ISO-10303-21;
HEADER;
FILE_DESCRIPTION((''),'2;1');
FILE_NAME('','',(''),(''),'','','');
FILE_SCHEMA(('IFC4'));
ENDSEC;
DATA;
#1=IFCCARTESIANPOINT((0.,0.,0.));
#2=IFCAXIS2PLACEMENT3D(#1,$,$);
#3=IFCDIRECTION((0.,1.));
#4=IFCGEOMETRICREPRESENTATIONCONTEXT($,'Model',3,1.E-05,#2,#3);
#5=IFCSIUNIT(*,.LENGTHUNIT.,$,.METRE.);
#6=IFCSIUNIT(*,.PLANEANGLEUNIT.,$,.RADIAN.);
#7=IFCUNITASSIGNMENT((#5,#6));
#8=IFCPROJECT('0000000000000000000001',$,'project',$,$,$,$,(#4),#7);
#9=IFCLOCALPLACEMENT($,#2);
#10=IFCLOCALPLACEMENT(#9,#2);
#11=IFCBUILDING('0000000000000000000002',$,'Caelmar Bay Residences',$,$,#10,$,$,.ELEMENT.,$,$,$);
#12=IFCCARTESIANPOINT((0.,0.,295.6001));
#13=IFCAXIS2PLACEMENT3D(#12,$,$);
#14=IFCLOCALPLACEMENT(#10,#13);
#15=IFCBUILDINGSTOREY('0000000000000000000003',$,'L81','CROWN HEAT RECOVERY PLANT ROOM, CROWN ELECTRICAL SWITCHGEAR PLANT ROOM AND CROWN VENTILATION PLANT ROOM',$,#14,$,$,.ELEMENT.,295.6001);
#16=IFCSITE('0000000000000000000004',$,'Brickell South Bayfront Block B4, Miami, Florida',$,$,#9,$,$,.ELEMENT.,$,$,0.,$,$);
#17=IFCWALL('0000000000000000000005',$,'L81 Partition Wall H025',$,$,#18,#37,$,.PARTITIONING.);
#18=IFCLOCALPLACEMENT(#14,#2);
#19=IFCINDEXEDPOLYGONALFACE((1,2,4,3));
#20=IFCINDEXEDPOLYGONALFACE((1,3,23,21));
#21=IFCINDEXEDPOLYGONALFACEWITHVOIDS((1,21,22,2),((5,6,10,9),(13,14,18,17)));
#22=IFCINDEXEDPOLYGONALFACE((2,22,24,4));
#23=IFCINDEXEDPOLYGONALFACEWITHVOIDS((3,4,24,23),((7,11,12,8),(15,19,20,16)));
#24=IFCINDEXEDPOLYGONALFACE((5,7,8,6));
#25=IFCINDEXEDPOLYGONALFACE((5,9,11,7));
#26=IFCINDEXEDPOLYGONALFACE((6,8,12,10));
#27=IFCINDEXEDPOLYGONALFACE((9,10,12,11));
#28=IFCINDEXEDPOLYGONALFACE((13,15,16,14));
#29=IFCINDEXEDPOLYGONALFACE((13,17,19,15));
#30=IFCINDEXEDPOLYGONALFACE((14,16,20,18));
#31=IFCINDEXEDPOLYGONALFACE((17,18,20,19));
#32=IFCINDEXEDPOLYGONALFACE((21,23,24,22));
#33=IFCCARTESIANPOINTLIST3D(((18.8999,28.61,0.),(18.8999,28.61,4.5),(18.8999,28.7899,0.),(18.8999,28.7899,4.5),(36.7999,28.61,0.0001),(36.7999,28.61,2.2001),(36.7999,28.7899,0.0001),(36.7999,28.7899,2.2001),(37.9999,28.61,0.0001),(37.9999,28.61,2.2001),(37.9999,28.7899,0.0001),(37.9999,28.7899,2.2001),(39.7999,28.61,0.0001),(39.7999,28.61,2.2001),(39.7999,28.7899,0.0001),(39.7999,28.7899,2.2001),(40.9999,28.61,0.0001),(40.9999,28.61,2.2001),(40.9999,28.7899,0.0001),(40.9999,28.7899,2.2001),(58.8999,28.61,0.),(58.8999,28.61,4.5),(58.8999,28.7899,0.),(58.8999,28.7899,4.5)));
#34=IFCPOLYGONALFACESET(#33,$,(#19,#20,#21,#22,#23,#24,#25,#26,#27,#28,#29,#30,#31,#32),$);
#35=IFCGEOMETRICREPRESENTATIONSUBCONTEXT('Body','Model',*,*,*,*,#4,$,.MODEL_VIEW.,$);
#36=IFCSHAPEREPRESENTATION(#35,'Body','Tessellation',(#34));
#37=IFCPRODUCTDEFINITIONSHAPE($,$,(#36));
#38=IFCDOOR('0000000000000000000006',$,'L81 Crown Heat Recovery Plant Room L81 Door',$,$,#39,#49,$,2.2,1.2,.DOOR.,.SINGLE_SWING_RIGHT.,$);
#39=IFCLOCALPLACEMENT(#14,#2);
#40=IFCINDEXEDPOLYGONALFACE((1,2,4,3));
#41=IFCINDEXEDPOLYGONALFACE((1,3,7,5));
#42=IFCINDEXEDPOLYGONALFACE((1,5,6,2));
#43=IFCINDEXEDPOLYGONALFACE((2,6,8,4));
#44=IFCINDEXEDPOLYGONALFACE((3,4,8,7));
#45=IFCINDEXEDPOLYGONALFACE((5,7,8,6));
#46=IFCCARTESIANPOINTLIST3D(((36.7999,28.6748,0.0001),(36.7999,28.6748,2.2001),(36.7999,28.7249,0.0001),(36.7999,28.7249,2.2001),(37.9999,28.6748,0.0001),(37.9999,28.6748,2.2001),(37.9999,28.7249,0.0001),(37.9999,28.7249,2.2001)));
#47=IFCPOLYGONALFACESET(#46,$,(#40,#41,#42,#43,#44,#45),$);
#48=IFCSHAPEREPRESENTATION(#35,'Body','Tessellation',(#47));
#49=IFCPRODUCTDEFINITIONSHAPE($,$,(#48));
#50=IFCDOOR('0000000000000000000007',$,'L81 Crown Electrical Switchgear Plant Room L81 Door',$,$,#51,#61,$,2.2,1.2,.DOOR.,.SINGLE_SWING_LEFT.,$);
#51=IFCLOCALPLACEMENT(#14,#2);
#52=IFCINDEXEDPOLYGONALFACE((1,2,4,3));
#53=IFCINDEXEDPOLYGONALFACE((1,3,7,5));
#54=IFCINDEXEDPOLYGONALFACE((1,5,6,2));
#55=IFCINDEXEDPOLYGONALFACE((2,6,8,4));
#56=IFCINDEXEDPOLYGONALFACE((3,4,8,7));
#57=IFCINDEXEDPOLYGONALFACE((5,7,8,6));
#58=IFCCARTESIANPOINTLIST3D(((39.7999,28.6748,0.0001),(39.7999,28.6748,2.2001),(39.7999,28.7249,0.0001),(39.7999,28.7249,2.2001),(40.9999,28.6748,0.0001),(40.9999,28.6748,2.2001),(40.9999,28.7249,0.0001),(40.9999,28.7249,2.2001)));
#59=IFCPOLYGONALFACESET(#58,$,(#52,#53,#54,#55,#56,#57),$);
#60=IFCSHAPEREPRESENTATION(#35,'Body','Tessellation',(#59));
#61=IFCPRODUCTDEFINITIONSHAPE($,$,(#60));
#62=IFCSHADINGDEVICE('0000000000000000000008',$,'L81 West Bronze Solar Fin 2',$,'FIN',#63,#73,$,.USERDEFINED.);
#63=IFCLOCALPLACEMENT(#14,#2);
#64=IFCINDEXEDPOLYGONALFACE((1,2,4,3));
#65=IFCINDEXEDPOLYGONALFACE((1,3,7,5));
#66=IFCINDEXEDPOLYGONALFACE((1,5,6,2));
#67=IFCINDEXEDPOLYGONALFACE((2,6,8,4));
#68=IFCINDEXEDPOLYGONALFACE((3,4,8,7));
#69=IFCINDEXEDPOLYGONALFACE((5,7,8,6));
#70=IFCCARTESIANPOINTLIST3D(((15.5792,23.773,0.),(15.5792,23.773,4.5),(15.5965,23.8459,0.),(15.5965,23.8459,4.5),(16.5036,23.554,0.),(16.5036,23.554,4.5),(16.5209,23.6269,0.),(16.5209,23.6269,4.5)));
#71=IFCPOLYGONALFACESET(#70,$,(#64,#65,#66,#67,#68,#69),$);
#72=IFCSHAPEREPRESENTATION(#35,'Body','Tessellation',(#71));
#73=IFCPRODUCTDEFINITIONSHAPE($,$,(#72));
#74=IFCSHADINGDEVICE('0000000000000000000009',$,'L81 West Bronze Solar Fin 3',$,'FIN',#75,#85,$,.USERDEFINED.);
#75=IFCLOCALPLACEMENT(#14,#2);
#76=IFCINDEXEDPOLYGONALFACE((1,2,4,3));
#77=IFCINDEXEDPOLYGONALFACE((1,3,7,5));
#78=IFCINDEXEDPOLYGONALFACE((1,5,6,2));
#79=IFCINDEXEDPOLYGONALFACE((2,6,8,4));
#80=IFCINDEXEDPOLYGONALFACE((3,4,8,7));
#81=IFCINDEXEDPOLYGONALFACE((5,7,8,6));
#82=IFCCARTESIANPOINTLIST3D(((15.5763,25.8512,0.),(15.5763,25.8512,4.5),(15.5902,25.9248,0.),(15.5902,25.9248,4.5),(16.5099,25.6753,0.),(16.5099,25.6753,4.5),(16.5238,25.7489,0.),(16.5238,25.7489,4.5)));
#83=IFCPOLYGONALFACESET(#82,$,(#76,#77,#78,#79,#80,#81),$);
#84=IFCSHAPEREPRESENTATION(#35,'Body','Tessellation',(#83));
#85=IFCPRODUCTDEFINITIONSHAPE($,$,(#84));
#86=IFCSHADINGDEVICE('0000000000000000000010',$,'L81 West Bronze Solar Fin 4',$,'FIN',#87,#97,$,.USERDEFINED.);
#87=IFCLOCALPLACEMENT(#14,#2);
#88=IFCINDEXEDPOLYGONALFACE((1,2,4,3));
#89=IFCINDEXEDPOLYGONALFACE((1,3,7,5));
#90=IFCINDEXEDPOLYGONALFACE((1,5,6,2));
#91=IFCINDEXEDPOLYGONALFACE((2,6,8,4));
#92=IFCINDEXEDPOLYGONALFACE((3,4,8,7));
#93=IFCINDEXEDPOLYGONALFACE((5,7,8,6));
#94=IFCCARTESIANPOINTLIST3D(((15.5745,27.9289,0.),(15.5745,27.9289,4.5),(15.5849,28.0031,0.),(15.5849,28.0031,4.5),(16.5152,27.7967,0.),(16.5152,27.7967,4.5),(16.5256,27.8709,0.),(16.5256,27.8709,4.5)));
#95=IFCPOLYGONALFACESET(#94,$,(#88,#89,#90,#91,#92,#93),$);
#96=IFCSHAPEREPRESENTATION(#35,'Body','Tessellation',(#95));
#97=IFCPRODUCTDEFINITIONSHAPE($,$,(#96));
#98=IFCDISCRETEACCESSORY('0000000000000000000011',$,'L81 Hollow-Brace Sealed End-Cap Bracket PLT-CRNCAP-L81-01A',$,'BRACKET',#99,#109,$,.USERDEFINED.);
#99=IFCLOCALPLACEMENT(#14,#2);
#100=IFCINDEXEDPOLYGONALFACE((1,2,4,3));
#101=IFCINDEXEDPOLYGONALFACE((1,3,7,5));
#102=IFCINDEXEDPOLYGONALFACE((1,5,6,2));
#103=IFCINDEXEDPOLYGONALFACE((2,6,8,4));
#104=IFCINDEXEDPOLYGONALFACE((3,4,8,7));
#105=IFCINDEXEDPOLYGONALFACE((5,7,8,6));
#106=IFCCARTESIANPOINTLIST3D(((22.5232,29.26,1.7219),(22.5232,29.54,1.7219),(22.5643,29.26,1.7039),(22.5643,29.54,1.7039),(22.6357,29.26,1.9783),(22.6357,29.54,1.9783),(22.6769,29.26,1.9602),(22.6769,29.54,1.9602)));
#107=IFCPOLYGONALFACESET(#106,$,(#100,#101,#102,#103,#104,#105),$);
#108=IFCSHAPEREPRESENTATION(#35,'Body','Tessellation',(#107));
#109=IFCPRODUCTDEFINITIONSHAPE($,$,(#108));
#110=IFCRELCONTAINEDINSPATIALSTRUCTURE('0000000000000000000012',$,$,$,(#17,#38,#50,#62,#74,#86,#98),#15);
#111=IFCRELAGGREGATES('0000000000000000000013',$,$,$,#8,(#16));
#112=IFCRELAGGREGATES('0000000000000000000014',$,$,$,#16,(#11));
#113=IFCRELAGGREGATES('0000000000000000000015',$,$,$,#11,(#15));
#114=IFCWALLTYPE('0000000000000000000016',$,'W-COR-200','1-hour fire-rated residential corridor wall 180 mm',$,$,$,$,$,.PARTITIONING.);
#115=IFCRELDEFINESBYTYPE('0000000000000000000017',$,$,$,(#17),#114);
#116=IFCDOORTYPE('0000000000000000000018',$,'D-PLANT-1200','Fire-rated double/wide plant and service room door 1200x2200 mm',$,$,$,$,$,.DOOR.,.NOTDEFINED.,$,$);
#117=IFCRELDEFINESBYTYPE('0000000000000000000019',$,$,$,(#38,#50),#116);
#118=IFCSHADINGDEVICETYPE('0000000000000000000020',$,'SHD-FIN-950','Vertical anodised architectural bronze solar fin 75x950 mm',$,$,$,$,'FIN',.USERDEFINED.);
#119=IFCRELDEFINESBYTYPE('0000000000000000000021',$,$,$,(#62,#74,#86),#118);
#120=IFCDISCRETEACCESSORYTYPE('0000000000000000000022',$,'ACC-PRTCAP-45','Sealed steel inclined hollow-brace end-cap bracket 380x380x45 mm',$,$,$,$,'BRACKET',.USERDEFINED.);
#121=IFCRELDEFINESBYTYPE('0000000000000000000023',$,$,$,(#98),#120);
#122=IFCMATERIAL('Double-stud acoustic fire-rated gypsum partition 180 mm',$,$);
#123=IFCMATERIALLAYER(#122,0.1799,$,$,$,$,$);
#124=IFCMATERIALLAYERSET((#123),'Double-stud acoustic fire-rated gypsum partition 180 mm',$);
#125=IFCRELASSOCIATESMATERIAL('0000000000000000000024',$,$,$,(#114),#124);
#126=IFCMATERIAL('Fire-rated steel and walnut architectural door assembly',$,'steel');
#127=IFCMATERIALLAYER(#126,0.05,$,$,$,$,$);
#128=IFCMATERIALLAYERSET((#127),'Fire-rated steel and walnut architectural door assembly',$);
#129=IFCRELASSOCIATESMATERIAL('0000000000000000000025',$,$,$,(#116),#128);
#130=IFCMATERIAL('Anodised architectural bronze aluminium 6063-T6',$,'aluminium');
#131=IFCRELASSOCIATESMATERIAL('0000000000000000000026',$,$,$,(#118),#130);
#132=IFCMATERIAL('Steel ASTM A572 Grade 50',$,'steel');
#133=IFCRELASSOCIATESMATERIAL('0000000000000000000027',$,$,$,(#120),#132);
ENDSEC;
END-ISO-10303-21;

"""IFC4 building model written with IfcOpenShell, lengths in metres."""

from ifc_helpers import new_model, si_unit, direction, frame, frame_2d, origin, origin_2d, place, context, subcontext, project, spatial, polyline, rectangle, outline, extrude, material, layer, layer_set, material_profile, profile_set, type_object, element, fill, save


model = new_model("IFC4")

# Units and contexts
model_context = context("Model", 3, precision=1e-05, world=origin(), true_north=direction((0.0, 1.0)))
body_context = subcontext(model_context, "Body", "Model", "MODEL_VIEW")
ifc_project = project(units=[si_unit("LENGTHUNIT", "METRE"), si_unit("PLANEANGLEUNIT", "RADIAN")], contexts=[model_context])

# Site, building, storey
site_placement = place(None, origin())
site = spatial("IfcSite", under=ifc_project, at=site_placement, Name="Brickell South Bayfront Block B4, Miami, Florida", CompositionType="ELEMENT", RefElevation=0.0)
building_placement = place(site_placement, origin())
building = spatial("IfcBuilding", under=site, at=building_placement, Name="Caelmar Bay Residences", CompositionType="ELEMENT")
storey_placement = place(building_placement, frame((0.0, 0.0, 295.6001)))
storey = spatial("IfcBuildingStorey", under=building, at=storey_placement, Name="L81", Description="CROWN HEAT RECOVERY PLANT ROOM, CROWN ELECTRICAL SWITCHGEAR PLANT ROOM AND CROWN VENTILATION PLANT ROOM", CompositionType="ELEMENT", Elevation=295.6001)

# Shared definitions
ifc_material_1 = material(Name="Steel ASTM A572 Grade 50", Category="steel")

# Wall, openings, doors
ifc_material_2 = material(Name="Double-stud acoustic fire-rated gypsum partition 180 mm")
ifc_layer_1 = layer(ifc_material_2, 0.1799)
ifc_layer_set_1 = layer_set([ifc_layer_1], Name="Double-stud acoustic fire-rated gypsum partition 180 mm")
wall_type = type_object("IfcWallType", Name="W-COR-200", Description="1-hour fire-rated residential corridor wall 180 mm", PredefinedType="PARTITIONING", material=ifc_layer_set_1)
wall_placement = place(storey_placement, frame((18.8999, 28.7, 0.0), z_axis=(0.0, 0.0, 1.0), x_axis=(1.0, 0.0, 0.0)))
wall = element("IfcWall", 1, at=wall_placement, inside=storey, type_object=wall_type, Name="L81 Partition Wall H025", PredefinedType="PARTITIONING", context=body_context, shape_type="SweptSolid", body=[
    extrude(rectangle(XDim=40.0, YDim=0.1799, at=frame_2d((20.0, 0.0))), origin(), (0.0, 0.0, 1.0), 4.5),
])
opening_1_placement = place(wall_placement, frame((17.8999, 0.0, 0.0)))
opening_1 = element("IfcOpeningElement", 2, at=opening_1_placement, cuts=wall, PredefinedType="OPENING", context=body_context, shape_type="SweptSolid", body=[
    extrude(rectangle(XDim=1.2, YDim=2.2, at=frame_2d((0.6001, 1.1001))), frame((0.0, 0.0999, 0.0), z_axis=(0.0, -1.0, 0.0), x_axis=(1.0, 0.0, 0.0)), (0.0, 0.0, 1.0), 0.2),
])
opening_2_placement = place(wall_placement, frame((20.8999, 0.0, 0.0)))
opening_2 = element("IfcOpeningElement", 3, at=opening_2_placement, cuts=wall, PredefinedType="OPENING", context=body_context, shape_type="SweptSolid", body=[
    extrude(rectangle(XDim=1.2, YDim=2.2, at=frame_2d((0.6001, 1.1001))), frame((0.0, 0.0999, 0.0), z_axis=(0.0, -1.0, 0.0), x_axis=(1.0, 0.0, 0.0)), (0.0, 0.0, 1.0), 0.2),
])
ifc_material_3 = material(Name="Fire-rated steel and walnut architectural door assembly", Category="steel")
ifc_layer_2 = layer(ifc_material_3, 0.05)
ifc_layer_set_2 = layer_set([ifc_layer_2], Name="Fire-rated steel and walnut architectural door assembly")
door_type = type_object("IfcDoorType", Name="D-PLANT-1200", Description="Fire-rated double/wide plant and service room door 1200x2200 mm", OperationType="NOTDEFINED", PredefinedType="DOOR", material=ifc_layer_set_2)
door_1_placement = place(opening_1_placement, origin())
door_1 = element("IfcDoor", 4, at=door_1_placement, inside=storey, type_object=door_type, Name="L81 Crown Heat Recovery Plant Room L81 Door", OperationType="SINGLE_SWING_RIGHT", OverallHeight=2.2, OverallWidth=1.2, PredefinedType="DOOR", context=body_context, shape_type="SweptSolid", body=[
    extrude(rectangle(XDim=1.2, YDim=2.2, at=frame_2d((0.6001, 1.1001))), frame((0.0, 0.0249, 0.0), z_axis=(0.0, -1.0, 0.0), x_axis=(1.0, 0.0, 0.0)), (0.0, 0.0, 1.0), 0.05),
])
fill(opening_1, door_1)
door_2_placement = place(opening_2_placement, origin())
door_2 = element("IfcDoor", 5, at=door_2_placement, inside=storey, type_object=door_type, Name="L81 Crown Electrical Switchgear Plant Room L81 Door", OperationType="SINGLE_SWING_LEFT", OverallHeight=2.2, OverallWidth=1.2, PredefinedType="DOOR", context=body_context, shape_type="SweptSolid", body=[
    extrude(rectangle(XDim=1.2, YDim=2.2, at=frame_2d((0.6001, 1.1001))), frame((0.0, 0.0249, 0.0), z_axis=(0.0, -1.0, 0.0), x_axis=(1.0, 0.0, 0.0)), (0.0, 0.0, 1.0), 0.05),
])
fill(opening_2, door_2)

# Shading devices
ifc_material_4 = material(Name="Anodised architectural bronze aluminium 6063-T6", Category="aluminium")
ifc_material_profile_1 = material_profile(ifc_material_4, rectangle(XDim=0.075, YDim=0.95, at=origin_2d()), Name="BRONZE-FIN-75X950")
ifc_profile_set_1 = profile_set([ifc_material_profile_1], Name="Anodised architectural bronze aluminium 6063-T6")
shading_device_type = type_object("IfcShadingDeviceType", Name="SHD-FIN-950", Description="Vertical anodised architectural bronze solar fin 75x950 mm", ElementType="FIN", PredefinedType="USERDEFINED", material=ifc_profile_set_1)
for number, where, z_axis, x_axis, name in (
    (6, (16.05, 23.7, 0.0), (0.0, 0.0, 1.0), (0.230559, 0.973058, 0.0), "L81 West Bronze Solar Fin 2"),
    (7, (16.05, 25.8, 0.0), (0.0, 0.0, 1.0), (0.185152, 0.98271, 0.0), "L81 West Bronze Solar Fin 3"),
    (8, (16.05, 27.8999, 0.0), (0.0, 0.0, 1.0), (0.139173, 0.990268, 0.0), "L81 West Bronze Solar Fin 4"),
):
    element("IfcShadingDevice", number, at=place(storey_placement, frame(where, z_axis=z_axis, x_axis=x_axis)), inside=storey, type_object=shading_device_type, Name=name, ObjectType="FIN", PredefinedType="USERDEFINED", context=body_context, shape_type="SweptSolid", body=[
        extrude(rectangle(XDim=0.075, YDim=0.95, at=origin_2d()), origin(), (0.0, 0.0, 1.0), 4.5),
    ])

# Discrete accessory
discrete_accessory_type = type_object("IfcDiscreteAccessoryType", Name="ACC-PRTCAP-45", Description="Sealed steel inclined hollow-brace end-cap bracket 380x380x45 mm", ElementType="BRACKET", PredefinedType="USERDEFINED", material=ifc_material_1)
discrete_accessory_placement = place(storey_placement, frame((22.5232, 29.26, 1.7219), z_axis=(-0.915636, 0.0, 0.402008), x_axis=(0.0, 1.0, 0.0)))
element("IfcDiscreteAccessory", 9, at=discrete_accessory_placement, inside=storey, type_object=discrete_accessory_type, Name="L81 Hollow-Brace Sealed End-Cap Bracket PLT-CRNCAP-L81-01A", ObjectType="BRACKET", PredefinedType="USERDEFINED", context=body_context, shape_type="SweptSolid", body=[
    extrude(outline(polyline([(0.0, 0.0), (0.28, 0.0), (0.28, -0.28), (0.0, -0.28), (0.0, 0.0)])), origin(), (0.0, 0.0, -1.0), 0.0449),
])

save(model, "model.ifc")
